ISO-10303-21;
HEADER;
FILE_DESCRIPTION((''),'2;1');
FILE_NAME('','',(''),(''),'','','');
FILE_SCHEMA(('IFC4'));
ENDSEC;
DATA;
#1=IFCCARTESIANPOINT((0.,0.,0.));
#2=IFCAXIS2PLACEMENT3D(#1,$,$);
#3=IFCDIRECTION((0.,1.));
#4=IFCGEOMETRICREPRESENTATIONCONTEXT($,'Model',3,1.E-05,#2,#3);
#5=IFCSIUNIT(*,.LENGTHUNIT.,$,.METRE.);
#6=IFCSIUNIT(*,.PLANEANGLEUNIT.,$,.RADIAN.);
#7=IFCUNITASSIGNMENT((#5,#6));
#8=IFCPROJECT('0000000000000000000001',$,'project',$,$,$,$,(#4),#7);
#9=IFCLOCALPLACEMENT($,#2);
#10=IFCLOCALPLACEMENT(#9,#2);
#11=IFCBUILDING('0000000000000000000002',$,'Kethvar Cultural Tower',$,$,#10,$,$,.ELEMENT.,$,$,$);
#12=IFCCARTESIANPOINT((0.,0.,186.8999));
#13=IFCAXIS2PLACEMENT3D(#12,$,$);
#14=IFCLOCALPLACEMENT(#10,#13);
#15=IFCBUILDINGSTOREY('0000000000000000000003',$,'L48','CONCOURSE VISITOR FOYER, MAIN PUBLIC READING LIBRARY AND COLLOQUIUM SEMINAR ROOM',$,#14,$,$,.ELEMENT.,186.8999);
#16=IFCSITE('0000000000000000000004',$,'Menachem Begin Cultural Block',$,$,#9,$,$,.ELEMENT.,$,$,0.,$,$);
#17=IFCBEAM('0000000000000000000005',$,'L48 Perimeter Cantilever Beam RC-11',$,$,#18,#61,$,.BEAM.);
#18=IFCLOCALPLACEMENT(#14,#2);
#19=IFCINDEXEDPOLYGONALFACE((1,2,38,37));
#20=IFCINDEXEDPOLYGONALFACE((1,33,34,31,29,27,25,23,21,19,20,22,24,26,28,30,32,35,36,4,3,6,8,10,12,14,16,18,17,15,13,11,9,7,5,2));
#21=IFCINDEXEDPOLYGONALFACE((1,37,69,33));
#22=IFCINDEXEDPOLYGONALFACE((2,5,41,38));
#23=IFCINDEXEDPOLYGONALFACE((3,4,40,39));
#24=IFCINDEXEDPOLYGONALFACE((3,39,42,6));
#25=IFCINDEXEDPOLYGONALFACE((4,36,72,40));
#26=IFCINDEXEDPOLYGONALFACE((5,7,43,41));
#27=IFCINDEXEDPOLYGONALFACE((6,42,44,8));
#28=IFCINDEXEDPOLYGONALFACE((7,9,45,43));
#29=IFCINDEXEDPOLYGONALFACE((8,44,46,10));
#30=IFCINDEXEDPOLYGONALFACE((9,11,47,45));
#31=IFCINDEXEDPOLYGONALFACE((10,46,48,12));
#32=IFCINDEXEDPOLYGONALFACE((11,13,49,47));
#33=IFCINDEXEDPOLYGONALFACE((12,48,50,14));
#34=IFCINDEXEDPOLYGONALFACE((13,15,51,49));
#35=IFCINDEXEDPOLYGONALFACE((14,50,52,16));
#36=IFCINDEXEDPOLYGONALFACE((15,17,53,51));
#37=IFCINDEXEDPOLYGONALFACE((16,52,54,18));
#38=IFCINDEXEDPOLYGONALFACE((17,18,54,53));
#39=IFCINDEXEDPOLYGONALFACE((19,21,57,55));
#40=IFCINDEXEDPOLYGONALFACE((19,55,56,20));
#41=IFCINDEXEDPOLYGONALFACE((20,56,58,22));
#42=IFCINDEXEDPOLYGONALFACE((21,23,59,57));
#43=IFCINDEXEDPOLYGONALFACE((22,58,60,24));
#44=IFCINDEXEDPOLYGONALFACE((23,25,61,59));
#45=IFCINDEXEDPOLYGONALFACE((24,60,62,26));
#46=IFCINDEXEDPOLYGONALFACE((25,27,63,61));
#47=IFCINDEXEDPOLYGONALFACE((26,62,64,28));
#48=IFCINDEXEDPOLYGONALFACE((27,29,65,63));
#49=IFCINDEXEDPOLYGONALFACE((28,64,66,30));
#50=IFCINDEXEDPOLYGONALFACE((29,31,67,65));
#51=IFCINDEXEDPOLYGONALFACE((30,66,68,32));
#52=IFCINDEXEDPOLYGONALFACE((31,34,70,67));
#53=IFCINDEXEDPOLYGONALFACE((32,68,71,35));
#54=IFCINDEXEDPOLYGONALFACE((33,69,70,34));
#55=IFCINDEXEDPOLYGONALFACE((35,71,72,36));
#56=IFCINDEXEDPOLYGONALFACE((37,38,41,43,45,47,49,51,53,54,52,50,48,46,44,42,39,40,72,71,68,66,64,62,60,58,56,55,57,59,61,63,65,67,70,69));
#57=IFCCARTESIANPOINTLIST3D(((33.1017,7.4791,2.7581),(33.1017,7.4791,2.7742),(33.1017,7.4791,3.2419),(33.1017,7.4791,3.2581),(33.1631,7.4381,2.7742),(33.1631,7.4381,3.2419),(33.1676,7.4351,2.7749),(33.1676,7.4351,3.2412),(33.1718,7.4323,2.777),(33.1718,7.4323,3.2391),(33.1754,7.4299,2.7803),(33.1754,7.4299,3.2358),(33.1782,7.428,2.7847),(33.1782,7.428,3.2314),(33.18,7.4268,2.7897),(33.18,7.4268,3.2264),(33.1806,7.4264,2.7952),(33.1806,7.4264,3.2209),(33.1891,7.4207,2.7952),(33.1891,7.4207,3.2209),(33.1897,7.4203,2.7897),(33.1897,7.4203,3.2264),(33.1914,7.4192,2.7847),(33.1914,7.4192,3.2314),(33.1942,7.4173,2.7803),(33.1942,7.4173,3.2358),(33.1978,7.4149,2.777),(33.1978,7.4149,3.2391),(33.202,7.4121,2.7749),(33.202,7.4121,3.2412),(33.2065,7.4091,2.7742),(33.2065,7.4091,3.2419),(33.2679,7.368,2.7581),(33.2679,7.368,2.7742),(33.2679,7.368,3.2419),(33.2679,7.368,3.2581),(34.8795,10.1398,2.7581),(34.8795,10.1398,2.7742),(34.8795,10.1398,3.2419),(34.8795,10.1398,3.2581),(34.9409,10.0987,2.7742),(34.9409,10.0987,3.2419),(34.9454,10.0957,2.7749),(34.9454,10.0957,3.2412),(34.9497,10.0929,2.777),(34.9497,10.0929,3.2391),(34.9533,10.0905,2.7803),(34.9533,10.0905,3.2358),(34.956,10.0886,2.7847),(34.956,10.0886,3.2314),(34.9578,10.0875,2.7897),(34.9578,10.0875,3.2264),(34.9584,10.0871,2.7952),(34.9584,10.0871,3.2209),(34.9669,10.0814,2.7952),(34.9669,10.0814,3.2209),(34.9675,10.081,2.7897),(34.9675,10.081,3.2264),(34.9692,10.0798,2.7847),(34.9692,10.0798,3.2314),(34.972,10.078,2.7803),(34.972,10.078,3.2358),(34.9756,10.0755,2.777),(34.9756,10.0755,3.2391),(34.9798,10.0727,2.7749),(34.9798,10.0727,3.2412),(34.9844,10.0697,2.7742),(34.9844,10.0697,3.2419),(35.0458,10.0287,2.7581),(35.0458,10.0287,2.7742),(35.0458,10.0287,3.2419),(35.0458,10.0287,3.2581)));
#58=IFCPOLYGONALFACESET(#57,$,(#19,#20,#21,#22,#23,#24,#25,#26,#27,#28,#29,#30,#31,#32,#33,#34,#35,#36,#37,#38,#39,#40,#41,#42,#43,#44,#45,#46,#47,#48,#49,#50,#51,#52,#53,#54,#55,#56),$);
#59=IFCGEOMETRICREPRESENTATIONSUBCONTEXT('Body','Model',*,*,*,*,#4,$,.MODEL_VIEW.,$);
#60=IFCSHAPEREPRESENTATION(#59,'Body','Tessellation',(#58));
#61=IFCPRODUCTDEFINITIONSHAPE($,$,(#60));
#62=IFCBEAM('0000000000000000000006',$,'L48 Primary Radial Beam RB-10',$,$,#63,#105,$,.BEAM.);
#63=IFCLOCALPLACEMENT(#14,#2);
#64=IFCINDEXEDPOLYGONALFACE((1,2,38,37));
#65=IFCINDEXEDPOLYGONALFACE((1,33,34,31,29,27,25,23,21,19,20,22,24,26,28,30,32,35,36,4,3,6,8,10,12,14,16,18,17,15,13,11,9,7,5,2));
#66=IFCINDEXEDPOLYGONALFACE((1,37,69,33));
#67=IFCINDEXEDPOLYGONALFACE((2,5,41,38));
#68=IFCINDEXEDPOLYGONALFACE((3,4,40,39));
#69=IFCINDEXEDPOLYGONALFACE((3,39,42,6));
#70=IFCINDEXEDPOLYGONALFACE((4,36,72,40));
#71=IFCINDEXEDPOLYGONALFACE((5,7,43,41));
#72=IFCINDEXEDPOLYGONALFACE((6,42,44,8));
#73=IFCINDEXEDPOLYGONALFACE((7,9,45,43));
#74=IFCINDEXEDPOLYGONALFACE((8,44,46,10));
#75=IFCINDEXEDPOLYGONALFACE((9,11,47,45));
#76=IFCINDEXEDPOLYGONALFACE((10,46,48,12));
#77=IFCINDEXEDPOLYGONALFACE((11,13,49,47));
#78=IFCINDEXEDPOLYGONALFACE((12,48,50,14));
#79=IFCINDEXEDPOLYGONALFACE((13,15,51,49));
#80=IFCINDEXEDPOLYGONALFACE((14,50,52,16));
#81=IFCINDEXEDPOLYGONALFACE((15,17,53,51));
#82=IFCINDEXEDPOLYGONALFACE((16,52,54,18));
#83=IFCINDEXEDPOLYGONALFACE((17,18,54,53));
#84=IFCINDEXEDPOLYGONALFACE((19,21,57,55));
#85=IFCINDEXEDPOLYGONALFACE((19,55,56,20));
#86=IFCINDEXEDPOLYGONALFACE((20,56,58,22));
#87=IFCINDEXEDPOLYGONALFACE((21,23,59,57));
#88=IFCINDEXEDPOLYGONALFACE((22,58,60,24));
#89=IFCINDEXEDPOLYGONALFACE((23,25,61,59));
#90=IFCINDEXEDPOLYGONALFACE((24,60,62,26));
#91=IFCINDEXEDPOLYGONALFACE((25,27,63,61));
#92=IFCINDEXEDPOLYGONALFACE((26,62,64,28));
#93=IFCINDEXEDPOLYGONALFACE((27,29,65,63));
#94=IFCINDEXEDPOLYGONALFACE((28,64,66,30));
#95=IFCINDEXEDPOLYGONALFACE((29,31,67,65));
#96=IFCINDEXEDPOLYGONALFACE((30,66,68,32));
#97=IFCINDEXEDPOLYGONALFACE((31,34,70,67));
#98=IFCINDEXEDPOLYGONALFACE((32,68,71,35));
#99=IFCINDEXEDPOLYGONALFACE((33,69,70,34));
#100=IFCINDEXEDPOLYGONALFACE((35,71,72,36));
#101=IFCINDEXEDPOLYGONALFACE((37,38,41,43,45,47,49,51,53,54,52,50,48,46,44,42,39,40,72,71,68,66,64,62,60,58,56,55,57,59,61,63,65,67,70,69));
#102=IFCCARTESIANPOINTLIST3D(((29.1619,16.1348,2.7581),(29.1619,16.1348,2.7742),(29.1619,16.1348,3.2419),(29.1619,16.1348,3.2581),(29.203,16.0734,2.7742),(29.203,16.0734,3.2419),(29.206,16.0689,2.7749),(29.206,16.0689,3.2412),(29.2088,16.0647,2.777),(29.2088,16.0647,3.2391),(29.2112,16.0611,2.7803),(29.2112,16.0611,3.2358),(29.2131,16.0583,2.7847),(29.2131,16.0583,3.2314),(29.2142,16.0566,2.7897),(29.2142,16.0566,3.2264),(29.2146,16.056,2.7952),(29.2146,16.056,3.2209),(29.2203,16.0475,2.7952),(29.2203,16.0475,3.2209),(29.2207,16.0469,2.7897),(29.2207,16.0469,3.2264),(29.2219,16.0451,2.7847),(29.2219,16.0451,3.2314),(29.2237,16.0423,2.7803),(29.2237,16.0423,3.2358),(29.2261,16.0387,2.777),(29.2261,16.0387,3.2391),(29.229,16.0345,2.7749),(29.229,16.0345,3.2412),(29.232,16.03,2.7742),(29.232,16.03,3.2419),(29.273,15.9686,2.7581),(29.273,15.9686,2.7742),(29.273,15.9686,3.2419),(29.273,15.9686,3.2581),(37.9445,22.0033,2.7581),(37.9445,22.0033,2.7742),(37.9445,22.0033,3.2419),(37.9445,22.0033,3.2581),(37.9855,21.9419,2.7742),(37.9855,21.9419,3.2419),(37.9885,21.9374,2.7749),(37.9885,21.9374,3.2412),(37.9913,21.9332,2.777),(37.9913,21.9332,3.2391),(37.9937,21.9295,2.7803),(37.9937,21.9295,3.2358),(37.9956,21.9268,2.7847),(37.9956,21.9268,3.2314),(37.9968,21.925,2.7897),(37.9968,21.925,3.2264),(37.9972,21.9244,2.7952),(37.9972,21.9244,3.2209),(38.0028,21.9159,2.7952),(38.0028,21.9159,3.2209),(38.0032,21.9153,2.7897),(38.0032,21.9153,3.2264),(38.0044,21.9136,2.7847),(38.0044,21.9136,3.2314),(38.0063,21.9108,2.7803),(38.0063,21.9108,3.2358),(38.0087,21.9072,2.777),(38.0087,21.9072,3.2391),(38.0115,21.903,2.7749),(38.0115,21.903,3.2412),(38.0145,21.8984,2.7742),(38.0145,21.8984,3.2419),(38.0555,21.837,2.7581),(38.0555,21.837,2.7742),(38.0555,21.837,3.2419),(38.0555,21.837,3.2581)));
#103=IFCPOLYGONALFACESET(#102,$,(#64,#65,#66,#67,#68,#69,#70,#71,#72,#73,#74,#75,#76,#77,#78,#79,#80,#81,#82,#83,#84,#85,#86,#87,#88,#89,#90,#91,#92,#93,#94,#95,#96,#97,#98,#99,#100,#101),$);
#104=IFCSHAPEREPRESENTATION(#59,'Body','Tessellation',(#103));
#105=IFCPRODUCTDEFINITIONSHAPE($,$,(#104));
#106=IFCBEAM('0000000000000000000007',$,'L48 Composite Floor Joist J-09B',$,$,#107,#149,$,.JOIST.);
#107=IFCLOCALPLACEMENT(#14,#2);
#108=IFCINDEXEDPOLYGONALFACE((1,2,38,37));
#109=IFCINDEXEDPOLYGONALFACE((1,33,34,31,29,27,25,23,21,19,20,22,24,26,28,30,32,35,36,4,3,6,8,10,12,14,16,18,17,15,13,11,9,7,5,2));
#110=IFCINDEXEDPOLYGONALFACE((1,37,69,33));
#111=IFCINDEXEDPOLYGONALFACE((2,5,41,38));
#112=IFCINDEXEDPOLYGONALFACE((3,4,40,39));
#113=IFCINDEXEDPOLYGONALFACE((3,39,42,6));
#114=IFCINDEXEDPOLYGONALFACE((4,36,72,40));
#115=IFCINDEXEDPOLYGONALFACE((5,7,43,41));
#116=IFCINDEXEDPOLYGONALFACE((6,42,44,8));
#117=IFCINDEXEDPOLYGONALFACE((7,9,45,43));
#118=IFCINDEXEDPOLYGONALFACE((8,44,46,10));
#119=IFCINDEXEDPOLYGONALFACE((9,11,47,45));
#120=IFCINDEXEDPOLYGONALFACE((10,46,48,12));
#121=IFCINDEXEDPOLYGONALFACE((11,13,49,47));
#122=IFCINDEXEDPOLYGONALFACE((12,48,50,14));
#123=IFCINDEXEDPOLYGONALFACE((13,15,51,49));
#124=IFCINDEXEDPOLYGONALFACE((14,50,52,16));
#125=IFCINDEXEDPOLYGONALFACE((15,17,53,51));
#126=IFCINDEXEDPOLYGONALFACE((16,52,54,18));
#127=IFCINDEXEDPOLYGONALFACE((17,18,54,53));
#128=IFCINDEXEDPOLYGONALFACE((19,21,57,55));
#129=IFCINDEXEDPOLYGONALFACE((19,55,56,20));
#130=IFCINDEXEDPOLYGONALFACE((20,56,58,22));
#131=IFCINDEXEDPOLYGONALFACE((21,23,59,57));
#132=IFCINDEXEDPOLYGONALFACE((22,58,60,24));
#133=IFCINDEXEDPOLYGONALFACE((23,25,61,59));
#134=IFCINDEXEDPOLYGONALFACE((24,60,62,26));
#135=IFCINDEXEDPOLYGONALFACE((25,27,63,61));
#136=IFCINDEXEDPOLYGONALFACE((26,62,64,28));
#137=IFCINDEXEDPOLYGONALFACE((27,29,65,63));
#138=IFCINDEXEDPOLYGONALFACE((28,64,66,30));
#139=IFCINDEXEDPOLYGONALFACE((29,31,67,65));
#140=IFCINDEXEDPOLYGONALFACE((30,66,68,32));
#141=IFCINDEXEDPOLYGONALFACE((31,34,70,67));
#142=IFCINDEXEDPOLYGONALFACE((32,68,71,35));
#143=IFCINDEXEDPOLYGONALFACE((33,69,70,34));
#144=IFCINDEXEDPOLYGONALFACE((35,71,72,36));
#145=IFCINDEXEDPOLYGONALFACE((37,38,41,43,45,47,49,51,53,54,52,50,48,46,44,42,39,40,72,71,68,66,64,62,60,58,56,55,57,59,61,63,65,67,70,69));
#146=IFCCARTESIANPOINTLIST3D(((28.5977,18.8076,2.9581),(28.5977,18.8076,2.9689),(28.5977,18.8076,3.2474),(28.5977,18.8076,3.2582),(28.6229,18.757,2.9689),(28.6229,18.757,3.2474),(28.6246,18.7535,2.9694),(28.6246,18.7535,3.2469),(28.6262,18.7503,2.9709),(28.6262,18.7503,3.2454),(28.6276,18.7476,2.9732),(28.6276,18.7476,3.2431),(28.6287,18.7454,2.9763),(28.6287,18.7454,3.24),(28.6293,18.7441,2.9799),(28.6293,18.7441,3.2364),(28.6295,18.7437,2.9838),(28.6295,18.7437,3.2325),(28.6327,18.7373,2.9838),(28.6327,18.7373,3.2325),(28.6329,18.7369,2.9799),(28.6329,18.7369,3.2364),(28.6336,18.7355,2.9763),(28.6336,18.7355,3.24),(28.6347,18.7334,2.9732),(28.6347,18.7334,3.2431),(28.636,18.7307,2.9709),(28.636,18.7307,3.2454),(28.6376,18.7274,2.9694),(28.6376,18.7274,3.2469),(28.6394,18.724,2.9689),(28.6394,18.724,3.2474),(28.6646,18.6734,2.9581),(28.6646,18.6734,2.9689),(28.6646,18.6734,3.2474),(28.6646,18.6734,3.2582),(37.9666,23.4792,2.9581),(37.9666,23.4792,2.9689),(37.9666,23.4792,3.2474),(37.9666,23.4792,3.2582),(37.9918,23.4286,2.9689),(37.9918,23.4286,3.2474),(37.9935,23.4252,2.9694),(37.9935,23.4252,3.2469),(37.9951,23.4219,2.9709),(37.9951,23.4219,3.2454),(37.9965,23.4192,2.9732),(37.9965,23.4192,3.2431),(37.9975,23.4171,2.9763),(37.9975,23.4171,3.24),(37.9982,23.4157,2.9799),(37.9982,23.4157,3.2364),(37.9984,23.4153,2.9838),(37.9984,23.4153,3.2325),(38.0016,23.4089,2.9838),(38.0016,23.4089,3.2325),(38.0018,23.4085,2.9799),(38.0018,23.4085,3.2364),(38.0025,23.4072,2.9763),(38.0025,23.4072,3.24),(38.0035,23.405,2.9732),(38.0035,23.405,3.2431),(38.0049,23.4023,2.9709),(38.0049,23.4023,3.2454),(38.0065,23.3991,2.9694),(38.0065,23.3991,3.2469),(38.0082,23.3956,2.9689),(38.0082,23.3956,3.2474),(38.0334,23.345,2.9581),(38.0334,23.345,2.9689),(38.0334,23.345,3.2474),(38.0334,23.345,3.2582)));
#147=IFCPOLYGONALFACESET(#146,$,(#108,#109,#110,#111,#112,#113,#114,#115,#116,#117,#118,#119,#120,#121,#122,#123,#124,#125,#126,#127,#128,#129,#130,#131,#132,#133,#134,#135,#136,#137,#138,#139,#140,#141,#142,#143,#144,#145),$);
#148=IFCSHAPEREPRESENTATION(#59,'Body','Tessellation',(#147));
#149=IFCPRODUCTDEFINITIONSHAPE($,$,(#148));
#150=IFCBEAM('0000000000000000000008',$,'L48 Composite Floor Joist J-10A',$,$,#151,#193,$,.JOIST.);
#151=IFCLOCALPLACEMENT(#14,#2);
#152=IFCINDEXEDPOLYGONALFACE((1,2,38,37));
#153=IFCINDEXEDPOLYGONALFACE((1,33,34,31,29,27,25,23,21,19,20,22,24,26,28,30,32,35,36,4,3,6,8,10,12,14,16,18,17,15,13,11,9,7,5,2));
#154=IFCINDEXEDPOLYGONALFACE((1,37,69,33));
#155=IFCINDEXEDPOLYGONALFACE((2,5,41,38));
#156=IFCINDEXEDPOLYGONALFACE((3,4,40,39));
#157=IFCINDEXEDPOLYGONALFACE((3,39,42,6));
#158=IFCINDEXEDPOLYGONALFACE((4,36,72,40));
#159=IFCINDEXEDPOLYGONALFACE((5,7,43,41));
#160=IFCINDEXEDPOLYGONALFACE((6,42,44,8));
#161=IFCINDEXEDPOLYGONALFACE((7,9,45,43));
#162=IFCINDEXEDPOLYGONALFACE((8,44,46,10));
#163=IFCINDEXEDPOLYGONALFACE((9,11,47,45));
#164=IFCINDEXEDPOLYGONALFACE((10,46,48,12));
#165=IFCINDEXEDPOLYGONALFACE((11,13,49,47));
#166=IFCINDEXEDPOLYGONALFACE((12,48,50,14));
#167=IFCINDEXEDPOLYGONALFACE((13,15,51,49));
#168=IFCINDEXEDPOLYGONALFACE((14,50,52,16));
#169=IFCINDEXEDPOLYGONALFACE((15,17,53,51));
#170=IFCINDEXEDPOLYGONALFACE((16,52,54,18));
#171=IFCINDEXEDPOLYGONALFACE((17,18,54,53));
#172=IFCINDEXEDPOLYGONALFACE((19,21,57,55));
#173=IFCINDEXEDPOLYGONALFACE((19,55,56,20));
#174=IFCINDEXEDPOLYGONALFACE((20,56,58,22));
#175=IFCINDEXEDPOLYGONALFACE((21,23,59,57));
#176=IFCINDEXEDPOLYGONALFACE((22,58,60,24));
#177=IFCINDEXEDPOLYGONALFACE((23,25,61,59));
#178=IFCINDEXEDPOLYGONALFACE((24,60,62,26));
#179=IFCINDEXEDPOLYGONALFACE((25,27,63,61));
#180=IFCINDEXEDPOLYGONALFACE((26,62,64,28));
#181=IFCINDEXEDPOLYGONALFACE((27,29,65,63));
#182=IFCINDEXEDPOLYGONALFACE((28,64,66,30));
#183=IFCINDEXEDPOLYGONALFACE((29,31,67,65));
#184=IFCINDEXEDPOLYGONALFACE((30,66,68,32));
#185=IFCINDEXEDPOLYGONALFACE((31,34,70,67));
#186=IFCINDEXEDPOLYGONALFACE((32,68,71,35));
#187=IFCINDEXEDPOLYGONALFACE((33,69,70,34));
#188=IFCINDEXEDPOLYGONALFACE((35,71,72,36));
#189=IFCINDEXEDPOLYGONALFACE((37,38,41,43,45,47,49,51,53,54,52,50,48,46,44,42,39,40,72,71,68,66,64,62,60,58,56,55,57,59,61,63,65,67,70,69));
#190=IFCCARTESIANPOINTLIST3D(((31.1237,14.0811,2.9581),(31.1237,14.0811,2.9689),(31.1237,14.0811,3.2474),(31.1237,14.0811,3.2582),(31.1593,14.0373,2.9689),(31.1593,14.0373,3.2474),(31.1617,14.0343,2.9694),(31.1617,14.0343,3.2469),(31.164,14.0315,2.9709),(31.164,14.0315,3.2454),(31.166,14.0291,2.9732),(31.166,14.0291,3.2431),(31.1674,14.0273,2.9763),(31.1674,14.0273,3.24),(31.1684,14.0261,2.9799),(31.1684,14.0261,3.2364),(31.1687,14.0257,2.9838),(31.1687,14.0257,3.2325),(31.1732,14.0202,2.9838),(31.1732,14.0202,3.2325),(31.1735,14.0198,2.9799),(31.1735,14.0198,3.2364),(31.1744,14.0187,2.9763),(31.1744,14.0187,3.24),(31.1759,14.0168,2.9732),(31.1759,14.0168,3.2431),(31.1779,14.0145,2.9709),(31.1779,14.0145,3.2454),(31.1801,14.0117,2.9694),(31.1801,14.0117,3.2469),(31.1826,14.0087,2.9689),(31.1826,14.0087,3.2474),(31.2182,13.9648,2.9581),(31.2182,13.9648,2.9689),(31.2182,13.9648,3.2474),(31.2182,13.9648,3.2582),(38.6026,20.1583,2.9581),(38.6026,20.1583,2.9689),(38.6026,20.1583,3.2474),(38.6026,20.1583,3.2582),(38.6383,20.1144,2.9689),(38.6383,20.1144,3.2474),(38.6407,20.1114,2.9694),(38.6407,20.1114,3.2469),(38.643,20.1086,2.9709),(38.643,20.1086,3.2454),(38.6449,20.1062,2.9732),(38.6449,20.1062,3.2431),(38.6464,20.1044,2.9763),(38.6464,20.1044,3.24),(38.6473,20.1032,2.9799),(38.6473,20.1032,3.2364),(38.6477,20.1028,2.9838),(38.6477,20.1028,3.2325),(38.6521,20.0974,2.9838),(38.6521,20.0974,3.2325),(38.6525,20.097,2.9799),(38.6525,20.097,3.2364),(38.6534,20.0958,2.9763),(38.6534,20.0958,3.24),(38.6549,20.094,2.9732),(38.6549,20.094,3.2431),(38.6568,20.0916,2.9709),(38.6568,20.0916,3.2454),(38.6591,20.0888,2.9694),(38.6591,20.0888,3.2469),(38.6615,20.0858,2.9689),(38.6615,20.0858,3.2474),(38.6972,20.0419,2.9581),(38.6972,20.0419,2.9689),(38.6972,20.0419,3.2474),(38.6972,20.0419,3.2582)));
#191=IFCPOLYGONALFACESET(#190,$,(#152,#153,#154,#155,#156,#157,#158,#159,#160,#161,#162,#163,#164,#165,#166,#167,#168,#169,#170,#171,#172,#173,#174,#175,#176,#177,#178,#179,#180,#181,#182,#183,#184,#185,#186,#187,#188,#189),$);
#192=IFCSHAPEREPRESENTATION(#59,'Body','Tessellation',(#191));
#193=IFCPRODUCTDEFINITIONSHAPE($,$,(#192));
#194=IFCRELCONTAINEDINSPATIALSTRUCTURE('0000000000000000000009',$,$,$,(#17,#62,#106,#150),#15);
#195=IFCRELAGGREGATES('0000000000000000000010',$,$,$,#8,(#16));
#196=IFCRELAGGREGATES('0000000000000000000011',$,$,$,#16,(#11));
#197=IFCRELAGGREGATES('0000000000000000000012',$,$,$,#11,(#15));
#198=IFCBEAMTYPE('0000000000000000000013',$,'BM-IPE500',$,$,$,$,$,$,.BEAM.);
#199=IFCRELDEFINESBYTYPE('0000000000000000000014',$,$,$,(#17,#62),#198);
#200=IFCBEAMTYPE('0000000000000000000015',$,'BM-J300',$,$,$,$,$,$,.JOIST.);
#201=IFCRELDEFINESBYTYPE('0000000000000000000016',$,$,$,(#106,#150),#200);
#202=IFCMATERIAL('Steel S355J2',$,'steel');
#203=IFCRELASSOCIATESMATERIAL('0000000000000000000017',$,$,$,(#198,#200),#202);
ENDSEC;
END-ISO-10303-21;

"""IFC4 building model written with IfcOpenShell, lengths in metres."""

from ifc_helpers import new_model, si_unit, direction, frame, origin, origin_2d, place, context, subcontext, project, spatial, i_section, extrude, source, transform, mapped, material, material_profile, profile_set, type_object, element, save


model = new_model("IFC4")

# Units and contexts
model_context = context("Model", 3, precision=1e-05, world=origin(), true_north=direction((0.0, 1.0)))
body_context = subcontext(model_context, "Body", "Model", "MODEL_VIEW")
ifc_project = project(units=[si_unit("LENGTHUNIT", "METRE"), si_unit("PLANEANGLEUNIT", "RADIAN")], contexts=[model_context])

# Site, building, storey
site_placement = place(None, origin())
site = spatial("IfcSite", under=ifc_project, at=site_placement, Name="Menachem Begin Cultural Block", CompositionType="ELEMENT", RefElevation=0.0)
building_placement = place(site_placement, origin())
building = spatial("IfcBuilding", under=site, at=building_placement, Name="Kethvar Cultural Tower", CompositionType="ELEMENT")
storey_placement = place(building_placement, frame((0.0, 0.0, 186.8999)))
storey = spatial("IfcBuildingStorey", under=building, at=storey_placement, Name="L48", Description="CONCOURSE VISITOR FOYER, MAIN PUBLIC READING LIBRARY AND COLLOQUIUM SEMINAR ROOM", CompositionType="ELEMENT", Elevation=186.8999)

# Beams
ifc_material_1 = material(Name="Steel S355J2", Category="steel")
ifc_material_profile_1 = material_profile(ifc_material_1, i_section(OverallWidth=0.2, OverallDepth=0.5, WebThickness=0.0103, FlangeThickness=0.0161, FilletRadius=0.021, at=origin_2d()), Name="Steel S355J2 — IPE500")
ifc_profile_set_1 = profile_set([ifc_material_profile_1], Name="Steel S355J2 — IPE500")
beam_type_1 = type_object("IfcBeamType", Name="BM-IPE500", PredefinedType="BEAM", material=ifc_profile_set_1)
shared_shape_1 = source(origin(), body_context, "Body", "SweptSolid", [
    extrude(i_section(OverallWidth=0.2, OverallDepth=0.5, WebThickness=0.0103, FlangeThickness=0.0161, FilletRadius=0.021, at=origin_2d()), origin(), (0.0, 0.0, 1.0), 3.2),
])
beam_1_placement = place(storey_placement, frame((34.9626, 10.0842, 3.0081), z_axis=(-0.55558, -0.831463, 0.0), x_axis=(0.831463, -0.55558, 0.0)))
element("IfcBeam", 1, at=beam_1_placement, inside=storey, type_object=beam_type_1, Name="L48 Perimeter Cantilever Beam RC-11", PredefinedType="BEAM", context=body_context, shape_type="MappedRepresentation", body=[
    mapped(shared_shape_1, transform((0.0, 0.0, 0.0), scale=1.0)),
])
shared_shape_2 = source(origin(), body_context, "Body", "SweptSolid", [
    extrude(i_section(OverallWidth=0.2, OverallDepth=0.5, WebThickness=0.0103, FlangeThickness=0.0161, FilletRadius=0.021, at=origin_2d()), origin(), (0.0, 0.0, 1.0), 10.5627),
])
beam_2_placement = place(storey_placement, frame((38.0, 21.9202, 3.0081), z_axis=(-0.831463, -0.55558, 0.0), x_axis=(0.55558, -0.831463, 0.0)))
element("IfcBeam", 2, at=beam_2_placement, inside=storey, type_object=beam_type_1, Name="L48 Primary Radial Beam RB-10", PredefinedType="BEAM", context=body_context, shape_type="MappedRepresentation", body=[
    mapped(shared_shape_2, transform((0.0, 0.0, 0.0), scale=1.0)),
])
ifc_material_profile_2 = material_profile(ifc_material_1, i_section(OverallWidth=0.1499, OverallDepth=0.3, WebThickness=0.0071, FlangeThickness=0.0107, FilletRadius=0.0149, at=origin_2d()), Name="Steel S355J2 — IPE300")
ifc_profile_set_2 = profile_set([ifc_material_profile_2], Name="Steel S355J2 — IPE300")
beam_type_2 = type_object("IfcBeamType", Name="BM-J300", PredefinedType="JOIST", material=ifc_profile_set_2)
shared_shape_3 = source(origin(), body_context, "Body", "SweptSolid", [
    extrude(i_section(OverallWidth=0.1499, OverallDepth=0.3, WebThickness=0.0071, FlangeThickness=0.0107, FilletRadius=0.0149, at=origin_2d()), origin(), (0.0, 0.0, 1.0), 10.469),
])
beam_3_placement = place(storey_placement, frame((38.0, 23.4121, 3.1082), z_axis=(-0.894916, -0.446234, 0.0), x_axis=(0.446234, -0.894916, 0.0)))
element("IfcBeam", 3, at=beam_3_placement, inside=storey, type_object=beam_type_2, Name="L48 Composite Floor Joist J-09B", PredefinedType="JOIST", context=body_context, shape_type="MappedRepresentation", body=[
    mapped(shared_shape_3, transform((0.0, 0.0, 0.0), scale=1.0)),
])
shared_shape_4 = source(origin(), body_context, "Body", "SweptSolid", [
    extrude(i_section(OverallWidth=0.1499, OverallDepth=0.3, WebThickness=0.0071, FlangeThickness=0.0107, FilletRadius=0.0149, at=origin_2d()), origin(), (0.0, 0.0, 1.0), 9.6367),
])
beam_4_placement = place(storey_placement, frame((38.6499, 20.1001, 3.1082), z_axis=(-0.776091, -0.630621, 0.0), x_axis=(0.630621, -0.776091, 0.0)))
element("IfcBeam", 4, at=beam_4_placement, inside=storey, type_object=beam_type_2, Name="L48 Composite Floor Joist J-10A", PredefinedType="JOIST", context=body_context, shape_type="MappedRepresentation", body=[
    mapped(shared_shape_4, transform((0.0, 0.0, 0.0), scale=1.0)),
])

save(model, "model.ifc")
